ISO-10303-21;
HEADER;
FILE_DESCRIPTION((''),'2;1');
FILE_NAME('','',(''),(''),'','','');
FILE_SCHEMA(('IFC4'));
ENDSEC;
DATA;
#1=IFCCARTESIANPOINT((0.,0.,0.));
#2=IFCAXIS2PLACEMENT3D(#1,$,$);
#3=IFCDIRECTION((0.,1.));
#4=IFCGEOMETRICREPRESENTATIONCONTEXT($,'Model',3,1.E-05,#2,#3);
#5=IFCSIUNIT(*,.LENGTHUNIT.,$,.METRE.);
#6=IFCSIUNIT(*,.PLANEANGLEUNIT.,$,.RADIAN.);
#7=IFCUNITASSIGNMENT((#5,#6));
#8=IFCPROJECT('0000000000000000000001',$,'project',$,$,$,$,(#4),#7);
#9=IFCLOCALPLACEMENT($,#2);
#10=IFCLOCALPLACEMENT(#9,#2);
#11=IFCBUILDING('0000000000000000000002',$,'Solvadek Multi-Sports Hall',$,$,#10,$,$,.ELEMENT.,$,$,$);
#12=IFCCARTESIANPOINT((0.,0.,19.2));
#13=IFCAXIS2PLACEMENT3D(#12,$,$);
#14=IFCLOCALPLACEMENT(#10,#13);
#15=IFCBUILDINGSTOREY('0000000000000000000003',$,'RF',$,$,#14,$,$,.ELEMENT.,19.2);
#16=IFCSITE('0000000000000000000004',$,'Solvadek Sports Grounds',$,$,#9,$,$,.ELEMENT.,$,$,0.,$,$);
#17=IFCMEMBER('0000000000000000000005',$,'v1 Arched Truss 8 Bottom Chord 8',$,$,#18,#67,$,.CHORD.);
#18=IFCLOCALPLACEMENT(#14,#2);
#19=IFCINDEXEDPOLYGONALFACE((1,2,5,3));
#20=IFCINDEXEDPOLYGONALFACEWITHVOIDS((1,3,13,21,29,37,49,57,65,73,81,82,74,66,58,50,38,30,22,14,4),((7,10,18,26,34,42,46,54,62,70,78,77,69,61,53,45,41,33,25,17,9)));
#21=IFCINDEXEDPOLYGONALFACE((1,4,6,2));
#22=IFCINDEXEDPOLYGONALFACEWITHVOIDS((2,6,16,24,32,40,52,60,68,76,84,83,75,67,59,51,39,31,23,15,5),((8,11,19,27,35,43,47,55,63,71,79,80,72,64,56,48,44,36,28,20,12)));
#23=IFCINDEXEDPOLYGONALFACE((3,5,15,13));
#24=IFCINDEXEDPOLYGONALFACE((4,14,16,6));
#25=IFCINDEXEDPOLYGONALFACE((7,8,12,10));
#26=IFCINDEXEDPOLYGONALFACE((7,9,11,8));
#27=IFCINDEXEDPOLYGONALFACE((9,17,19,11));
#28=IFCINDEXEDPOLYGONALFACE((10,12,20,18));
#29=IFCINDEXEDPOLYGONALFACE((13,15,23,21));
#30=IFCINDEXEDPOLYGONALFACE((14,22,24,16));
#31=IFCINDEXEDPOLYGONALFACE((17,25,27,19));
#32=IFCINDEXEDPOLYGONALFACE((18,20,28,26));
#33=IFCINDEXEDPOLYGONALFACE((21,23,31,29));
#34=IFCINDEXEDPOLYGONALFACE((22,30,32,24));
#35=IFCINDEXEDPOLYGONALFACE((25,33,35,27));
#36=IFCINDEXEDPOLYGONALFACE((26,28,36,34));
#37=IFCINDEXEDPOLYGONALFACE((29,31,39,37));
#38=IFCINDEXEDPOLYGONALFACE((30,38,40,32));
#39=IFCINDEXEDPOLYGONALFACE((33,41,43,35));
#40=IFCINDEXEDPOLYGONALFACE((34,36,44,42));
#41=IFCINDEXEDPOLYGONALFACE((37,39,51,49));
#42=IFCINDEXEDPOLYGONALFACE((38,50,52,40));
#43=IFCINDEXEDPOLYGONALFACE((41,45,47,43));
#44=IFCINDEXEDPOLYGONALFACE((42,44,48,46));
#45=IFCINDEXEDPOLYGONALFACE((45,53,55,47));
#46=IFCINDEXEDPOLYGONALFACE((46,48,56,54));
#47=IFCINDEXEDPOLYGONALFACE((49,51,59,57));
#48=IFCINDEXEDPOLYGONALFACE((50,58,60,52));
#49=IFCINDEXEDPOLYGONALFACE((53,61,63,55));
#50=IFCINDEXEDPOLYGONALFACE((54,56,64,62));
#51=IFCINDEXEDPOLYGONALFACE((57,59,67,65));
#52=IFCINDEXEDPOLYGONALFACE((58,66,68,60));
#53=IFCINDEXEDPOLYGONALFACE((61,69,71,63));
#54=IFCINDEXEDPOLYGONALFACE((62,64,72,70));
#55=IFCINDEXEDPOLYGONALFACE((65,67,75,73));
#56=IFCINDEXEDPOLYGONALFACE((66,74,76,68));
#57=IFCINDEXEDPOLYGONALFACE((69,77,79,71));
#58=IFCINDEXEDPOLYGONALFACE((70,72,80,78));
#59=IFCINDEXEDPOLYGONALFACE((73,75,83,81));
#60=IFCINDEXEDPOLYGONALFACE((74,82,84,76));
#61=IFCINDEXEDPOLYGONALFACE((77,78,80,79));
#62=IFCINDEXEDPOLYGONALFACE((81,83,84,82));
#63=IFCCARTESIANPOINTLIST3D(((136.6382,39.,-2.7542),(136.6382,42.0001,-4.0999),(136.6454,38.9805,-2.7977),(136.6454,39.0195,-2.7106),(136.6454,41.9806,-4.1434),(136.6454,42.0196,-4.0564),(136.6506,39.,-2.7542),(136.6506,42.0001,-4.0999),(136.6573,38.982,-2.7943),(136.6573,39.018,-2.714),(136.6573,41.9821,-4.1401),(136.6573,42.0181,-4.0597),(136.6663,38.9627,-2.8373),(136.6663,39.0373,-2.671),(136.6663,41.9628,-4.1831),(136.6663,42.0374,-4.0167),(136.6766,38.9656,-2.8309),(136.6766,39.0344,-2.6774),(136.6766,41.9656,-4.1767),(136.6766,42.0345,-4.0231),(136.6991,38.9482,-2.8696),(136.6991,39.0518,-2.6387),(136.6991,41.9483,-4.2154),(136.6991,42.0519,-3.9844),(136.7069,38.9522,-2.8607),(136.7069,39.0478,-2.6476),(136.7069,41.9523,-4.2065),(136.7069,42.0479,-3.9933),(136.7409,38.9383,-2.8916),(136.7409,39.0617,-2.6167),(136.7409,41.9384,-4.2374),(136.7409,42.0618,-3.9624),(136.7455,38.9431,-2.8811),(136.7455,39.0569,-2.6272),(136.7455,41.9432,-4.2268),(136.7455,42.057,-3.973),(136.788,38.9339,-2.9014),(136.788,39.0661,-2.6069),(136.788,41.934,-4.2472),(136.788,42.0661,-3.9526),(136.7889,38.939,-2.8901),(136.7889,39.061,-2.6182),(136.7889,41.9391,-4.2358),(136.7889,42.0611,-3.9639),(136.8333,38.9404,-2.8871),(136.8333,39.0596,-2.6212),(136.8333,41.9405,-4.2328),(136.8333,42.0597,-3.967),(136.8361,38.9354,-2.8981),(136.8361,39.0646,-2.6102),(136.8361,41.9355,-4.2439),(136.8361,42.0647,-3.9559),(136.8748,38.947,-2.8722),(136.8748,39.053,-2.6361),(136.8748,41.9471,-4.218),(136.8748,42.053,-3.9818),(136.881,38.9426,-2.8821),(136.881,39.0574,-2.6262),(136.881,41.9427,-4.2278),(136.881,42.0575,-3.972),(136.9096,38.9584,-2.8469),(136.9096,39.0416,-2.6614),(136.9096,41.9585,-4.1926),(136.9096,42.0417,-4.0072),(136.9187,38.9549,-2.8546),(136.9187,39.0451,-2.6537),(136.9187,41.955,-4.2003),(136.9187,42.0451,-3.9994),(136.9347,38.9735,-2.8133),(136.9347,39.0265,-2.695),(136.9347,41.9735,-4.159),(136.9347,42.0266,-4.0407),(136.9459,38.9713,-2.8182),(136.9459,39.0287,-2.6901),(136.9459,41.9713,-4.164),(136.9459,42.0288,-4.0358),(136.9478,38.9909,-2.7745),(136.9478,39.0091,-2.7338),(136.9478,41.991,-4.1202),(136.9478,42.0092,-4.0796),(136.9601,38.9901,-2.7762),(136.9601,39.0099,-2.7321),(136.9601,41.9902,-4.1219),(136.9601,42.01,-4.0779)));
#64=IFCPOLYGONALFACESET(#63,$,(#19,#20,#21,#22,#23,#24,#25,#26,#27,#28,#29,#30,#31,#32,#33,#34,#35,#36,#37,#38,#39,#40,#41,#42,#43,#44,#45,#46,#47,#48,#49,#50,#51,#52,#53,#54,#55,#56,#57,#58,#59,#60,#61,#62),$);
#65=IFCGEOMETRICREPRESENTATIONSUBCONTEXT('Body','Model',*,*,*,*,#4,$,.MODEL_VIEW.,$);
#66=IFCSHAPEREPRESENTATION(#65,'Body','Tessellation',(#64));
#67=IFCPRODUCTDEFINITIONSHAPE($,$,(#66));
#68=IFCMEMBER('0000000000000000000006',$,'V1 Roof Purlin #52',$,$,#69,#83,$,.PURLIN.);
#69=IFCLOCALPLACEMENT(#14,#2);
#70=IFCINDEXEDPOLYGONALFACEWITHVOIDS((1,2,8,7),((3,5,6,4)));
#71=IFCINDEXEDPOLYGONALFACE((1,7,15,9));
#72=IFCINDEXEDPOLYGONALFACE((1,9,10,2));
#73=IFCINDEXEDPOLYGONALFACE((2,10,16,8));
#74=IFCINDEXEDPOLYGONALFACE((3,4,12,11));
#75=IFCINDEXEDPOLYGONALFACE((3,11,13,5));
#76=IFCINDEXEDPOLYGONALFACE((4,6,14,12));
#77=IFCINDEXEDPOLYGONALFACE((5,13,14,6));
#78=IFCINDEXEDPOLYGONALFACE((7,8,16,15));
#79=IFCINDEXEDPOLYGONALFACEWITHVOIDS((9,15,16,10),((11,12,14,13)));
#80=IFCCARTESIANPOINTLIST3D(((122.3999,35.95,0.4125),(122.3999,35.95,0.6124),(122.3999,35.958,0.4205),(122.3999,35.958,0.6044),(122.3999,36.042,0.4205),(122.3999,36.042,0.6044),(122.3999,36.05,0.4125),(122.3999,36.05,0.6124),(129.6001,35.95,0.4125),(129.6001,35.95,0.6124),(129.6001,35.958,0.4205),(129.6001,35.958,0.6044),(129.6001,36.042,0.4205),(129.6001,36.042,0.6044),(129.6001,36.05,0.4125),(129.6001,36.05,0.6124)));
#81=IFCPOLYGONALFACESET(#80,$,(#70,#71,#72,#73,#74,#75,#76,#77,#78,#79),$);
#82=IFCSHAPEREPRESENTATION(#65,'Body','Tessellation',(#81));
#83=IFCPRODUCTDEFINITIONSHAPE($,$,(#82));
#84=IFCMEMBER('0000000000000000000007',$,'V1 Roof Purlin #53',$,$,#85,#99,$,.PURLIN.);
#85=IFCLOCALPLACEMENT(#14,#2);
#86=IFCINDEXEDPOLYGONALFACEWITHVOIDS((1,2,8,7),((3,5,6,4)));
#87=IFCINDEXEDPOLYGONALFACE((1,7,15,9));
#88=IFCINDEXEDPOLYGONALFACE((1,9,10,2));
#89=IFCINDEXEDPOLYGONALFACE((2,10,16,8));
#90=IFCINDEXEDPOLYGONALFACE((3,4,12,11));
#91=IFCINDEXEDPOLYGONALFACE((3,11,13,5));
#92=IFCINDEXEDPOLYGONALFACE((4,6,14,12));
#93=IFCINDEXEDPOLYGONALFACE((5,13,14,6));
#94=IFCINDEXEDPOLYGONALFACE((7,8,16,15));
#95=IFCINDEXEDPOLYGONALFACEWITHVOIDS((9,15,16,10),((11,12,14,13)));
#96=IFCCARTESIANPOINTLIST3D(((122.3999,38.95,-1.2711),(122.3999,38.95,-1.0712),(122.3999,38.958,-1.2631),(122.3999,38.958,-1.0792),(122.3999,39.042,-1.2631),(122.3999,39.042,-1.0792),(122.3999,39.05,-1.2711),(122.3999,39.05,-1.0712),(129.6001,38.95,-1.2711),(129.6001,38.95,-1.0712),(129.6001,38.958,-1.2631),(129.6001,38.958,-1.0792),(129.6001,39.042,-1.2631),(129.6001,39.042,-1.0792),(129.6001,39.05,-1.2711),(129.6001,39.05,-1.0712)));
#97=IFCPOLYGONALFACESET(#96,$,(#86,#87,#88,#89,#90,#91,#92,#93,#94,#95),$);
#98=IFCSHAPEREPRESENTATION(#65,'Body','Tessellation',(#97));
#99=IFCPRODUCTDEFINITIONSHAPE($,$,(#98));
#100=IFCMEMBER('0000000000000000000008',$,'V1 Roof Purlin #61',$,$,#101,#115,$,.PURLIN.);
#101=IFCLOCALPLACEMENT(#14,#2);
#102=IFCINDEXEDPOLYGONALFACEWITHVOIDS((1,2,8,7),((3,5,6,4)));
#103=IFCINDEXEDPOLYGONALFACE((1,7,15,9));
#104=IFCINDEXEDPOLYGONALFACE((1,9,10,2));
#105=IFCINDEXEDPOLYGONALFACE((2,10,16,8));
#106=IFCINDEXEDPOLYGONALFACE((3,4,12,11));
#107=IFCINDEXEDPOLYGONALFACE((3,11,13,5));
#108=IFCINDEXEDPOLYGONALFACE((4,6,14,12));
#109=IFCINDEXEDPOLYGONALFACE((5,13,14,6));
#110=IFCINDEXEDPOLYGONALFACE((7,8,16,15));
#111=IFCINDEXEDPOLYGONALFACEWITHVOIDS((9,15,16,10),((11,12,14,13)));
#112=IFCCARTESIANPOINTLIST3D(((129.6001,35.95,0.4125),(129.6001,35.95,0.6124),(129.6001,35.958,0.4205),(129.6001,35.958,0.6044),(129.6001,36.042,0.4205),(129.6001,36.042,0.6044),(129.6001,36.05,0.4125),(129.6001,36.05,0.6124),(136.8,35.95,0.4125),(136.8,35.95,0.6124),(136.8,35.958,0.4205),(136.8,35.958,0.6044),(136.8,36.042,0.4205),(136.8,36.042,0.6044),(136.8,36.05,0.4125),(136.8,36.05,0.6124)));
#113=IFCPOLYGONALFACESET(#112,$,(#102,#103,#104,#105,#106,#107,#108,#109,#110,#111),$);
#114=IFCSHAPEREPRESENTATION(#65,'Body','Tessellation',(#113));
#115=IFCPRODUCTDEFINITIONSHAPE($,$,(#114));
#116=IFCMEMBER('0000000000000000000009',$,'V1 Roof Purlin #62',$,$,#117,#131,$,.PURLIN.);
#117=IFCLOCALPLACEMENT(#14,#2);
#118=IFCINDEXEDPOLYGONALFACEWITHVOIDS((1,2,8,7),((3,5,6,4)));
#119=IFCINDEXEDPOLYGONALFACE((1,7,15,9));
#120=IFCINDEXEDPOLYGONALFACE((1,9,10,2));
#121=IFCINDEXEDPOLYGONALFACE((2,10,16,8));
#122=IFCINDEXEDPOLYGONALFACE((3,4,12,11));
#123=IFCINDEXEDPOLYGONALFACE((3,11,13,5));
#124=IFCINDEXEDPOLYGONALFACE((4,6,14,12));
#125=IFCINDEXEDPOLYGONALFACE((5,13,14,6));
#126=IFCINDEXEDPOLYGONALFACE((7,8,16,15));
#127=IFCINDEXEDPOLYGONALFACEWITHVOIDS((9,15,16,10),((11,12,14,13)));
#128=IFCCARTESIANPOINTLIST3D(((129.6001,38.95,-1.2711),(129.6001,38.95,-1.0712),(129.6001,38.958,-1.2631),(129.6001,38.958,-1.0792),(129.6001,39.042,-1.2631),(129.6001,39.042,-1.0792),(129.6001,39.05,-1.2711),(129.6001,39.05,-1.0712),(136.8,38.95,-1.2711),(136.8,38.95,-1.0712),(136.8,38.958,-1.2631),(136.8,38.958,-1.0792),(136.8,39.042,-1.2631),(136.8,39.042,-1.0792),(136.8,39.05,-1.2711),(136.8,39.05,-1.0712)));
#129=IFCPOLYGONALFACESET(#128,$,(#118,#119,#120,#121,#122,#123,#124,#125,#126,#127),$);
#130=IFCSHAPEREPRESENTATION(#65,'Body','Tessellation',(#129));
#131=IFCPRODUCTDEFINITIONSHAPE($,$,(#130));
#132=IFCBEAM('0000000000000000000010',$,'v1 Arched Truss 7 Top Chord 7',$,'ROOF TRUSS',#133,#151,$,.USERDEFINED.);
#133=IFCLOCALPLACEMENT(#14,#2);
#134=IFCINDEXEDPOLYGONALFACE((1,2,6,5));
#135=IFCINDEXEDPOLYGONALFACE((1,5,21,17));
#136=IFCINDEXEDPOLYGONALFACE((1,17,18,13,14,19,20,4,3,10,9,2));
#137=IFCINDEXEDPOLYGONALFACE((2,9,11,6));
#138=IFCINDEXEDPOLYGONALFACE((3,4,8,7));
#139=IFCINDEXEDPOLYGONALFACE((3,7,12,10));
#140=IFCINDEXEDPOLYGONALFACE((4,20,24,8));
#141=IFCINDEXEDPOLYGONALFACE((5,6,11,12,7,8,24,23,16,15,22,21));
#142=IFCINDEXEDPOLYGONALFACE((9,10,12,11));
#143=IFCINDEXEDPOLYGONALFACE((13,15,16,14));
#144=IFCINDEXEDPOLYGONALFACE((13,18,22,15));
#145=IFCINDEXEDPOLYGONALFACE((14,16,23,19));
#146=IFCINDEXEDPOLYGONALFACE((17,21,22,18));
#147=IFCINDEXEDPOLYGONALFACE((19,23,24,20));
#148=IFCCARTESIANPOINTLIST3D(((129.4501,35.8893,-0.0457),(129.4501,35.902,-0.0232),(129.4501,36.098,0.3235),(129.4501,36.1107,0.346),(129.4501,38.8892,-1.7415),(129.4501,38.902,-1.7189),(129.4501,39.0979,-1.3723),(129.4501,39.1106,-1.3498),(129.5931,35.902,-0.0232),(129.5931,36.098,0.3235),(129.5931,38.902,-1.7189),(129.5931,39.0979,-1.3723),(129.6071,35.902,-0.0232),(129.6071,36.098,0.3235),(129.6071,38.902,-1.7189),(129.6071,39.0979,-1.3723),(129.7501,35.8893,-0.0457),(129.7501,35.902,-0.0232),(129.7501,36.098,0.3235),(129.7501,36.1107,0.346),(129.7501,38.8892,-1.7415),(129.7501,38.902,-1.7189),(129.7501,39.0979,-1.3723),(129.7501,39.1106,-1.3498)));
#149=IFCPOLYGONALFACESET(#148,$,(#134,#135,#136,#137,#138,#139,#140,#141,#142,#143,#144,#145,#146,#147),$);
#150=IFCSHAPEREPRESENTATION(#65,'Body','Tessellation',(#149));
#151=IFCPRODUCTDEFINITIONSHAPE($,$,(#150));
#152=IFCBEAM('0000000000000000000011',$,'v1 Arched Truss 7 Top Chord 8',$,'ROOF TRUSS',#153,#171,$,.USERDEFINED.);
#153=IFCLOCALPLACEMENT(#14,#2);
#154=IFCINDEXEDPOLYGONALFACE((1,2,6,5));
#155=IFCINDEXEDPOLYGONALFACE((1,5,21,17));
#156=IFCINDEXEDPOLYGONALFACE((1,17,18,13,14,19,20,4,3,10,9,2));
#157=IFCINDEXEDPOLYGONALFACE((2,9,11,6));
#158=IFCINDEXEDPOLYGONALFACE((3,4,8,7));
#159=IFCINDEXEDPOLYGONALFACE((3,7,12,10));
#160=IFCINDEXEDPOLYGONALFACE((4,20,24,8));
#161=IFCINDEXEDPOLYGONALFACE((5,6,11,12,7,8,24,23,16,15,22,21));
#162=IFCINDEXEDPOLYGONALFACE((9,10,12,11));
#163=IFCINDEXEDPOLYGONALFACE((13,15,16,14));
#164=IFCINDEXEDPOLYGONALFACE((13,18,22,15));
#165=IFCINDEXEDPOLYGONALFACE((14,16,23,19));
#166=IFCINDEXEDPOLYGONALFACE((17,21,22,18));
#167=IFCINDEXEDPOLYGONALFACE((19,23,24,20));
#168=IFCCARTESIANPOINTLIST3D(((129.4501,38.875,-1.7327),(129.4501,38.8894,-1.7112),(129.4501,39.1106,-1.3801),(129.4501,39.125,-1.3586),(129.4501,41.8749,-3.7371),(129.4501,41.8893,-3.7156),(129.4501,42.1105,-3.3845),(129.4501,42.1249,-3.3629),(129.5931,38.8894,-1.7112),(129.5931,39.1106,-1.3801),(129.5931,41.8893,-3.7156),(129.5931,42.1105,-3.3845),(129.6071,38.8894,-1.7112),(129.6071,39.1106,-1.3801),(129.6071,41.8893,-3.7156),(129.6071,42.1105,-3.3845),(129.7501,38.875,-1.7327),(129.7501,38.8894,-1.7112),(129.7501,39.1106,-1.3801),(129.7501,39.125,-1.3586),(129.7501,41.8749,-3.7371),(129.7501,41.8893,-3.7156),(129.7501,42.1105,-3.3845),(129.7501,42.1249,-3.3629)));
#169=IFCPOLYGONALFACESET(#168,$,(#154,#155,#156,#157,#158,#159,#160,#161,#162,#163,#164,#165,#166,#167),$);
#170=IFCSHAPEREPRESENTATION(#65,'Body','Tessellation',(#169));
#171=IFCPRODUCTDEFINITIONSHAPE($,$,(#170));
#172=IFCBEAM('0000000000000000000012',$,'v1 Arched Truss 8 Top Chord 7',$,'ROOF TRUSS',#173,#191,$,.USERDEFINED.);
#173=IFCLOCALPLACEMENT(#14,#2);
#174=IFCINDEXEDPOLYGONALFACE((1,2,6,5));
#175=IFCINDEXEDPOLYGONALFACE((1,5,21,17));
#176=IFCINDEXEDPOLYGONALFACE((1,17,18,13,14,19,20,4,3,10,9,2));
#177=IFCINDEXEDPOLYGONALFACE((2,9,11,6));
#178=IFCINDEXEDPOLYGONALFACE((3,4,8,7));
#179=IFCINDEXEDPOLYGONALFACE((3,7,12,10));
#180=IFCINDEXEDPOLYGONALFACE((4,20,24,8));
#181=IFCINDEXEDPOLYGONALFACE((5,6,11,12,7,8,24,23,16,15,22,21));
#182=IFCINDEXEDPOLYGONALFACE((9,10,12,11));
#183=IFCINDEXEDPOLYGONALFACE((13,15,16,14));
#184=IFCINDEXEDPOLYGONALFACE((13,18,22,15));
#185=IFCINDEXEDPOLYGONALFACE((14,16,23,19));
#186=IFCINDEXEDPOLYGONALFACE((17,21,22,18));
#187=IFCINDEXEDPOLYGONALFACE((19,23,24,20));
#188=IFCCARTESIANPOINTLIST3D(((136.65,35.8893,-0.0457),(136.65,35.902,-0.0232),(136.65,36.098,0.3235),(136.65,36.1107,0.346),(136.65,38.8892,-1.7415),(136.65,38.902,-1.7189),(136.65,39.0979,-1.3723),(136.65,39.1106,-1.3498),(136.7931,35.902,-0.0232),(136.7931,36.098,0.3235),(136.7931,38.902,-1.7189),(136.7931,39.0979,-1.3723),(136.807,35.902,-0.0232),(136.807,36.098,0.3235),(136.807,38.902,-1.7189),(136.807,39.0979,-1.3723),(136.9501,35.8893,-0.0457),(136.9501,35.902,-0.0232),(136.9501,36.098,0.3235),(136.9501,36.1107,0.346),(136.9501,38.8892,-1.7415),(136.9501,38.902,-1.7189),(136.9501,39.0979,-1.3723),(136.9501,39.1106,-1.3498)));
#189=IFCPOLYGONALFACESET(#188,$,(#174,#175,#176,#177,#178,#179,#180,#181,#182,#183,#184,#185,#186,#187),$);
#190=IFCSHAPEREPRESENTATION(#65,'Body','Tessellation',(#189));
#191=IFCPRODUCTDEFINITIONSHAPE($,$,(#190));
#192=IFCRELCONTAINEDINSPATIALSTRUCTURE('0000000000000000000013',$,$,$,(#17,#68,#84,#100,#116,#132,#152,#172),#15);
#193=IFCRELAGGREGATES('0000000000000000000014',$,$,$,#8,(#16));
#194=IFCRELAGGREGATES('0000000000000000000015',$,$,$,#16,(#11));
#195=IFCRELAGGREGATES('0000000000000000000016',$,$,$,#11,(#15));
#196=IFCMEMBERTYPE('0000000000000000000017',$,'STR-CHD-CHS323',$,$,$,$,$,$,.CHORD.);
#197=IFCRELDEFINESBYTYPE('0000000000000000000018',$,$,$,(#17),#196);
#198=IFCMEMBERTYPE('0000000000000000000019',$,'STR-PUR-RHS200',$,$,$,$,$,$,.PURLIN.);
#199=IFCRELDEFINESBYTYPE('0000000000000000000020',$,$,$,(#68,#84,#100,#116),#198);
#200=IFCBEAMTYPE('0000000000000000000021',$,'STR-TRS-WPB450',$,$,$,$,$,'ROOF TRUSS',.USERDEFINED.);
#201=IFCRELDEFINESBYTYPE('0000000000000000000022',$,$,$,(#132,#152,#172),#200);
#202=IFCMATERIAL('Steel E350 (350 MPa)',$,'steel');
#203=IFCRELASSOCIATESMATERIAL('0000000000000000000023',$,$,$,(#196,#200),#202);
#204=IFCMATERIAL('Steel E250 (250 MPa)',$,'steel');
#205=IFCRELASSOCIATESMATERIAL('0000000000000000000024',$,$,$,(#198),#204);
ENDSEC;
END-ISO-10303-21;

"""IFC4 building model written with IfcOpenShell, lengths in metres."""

from ifc_helpers import new_model, si_unit, direction, frame, origin, origin_2d, place, context, subcontext, project, spatial, hollow_rectangle, hollow_circle, i_section, extrude, material, material_profile, profile_set, type_object, element, save


model = new_model("IFC4")

# Units and contexts
model_context = context("Model", 3, precision=1e-05, world=origin(), true_north=direction((0.0, 1.0)))
body_context = subcontext(model_context, "Body", "Model", "MODEL_VIEW")
ifc_project = project(units=[si_unit("LENGTHUNIT", "METRE"), si_unit("PLANEANGLEUNIT", "RADIAN")], contexts=[model_context])

# Site, building, storey
site_placement = place(None, origin())
site = spatial("IfcSite", under=ifc_project, at=site_placement, Name="Solvadek Sports Grounds", CompositionType="ELEMENT", RefElevation=0.0)
building_placement = place(site_placement, origin())
building = spatial("IfcBuilding", under=site, at=building_placement, Name="Solvadek Multi-Sports Hall", CompositionType="ELEMENT")
storey_placement = place(building_placement, frame((0.0, 0.0, 19.2)))
storey = spatial("IfcBuildingStorey", under=building, at=storey_placement, Name="RF", CompositionType="ELEMENT", Elevation=19.2)

# Members
ifc_material_1 = material(Name="Steel E350 (350 MPa)", Category="steel")
ifc_material_profile_1 = material_profile(ifc_material_1, hollow_circle(Radius=0.1619, WallThickness=0.0125, at=origin_2d()), Name="CHS 323.9x12.5")
ifc_profile_set_1 = profile_set([ifc_material_profile_1], Name="Steel E350 (350 MPa)")
member_type_1 = type_object("IfcMemberType", Name="STR-CHD-CHS323", PredefinedType="CHORD", material=ifc_profile_set_1)
member_1_placement = place(storey_placement, frame((136.8, 39.0, -2.7542), z_axis=(0.0, 0.91241, -0.409278), x_axis=(-1.0, 0.0, 0.0)))
element("IfcMember", 1, at=member_1_placement, inside=storey, type_object=member_type_1, Name="v1 Arched Truss 8 Bottom Chord 8", PredefinedType="CHORD", context=body_context, shape_type="SweptSolid", body=[
    extrude(hollow_circle(Radius=0.1619, WallThickness=0.0125, at=origin_2d()), origin(), (0.0, 0.0, 1.0), 3.2881),
])
ifc_material_2 = material(Name="Steel E250 (250 MPa)", Category="steel")
ifc_material_profile_2 = material_profile(ifc_material_2, hollow_rectangle(XDim=0.1001, YDim=0.2, WallThickness=0.0081, at=origin_2d()), Name="RHS 200x100x8")
ifc_profile_set_2 = profile_set([ifc_material_profile_2], Name="Steel E250 (250 MPa)")
member_type_2 = type_object("IfcMemberType", Name="STR-PUR-RHS200", PredefinedType="PURLIN", material=ifc_profile_set_2)
for number, where, z_axis, x_axis, name in (
    (2, (122.3999, 36.0, 0.5125), (1.0, 0.0, 0.0), (0.0, 1.0, 0.0), "V1 Roof Purlin #52"),
    (3, (122.3999, 39.0, -1.1711), (1.0, 0.0, 0.0), (0.0, 1.0, 0.0), "V1 Roof Purlin #53"),
):
    element("IfcMember", number, at=place(storey_placement, frame(where, z_axis=z_axis, x_axis=x_axis)), inside=storey, type_object=member_type_2, Name=name, PredefinedType="PURLIN", context=body_context, shape_type="SweptSolid", body=[
        extrude(hollow_rectangle(XDim=0.1001, YDim=0.2, WallThickness=0.0081, at=origin_2d()), origin(), (0.0, 0.0, 1.0), 7.2002),
    ])
for number, where, z_axis, x_axis, name in (
    (4, (129.6001, 36.0, 0.5125), (1.0, 0.0, 0.0), (0.0, 1.0, 0.0), "V1 Roof Purlin #61"),
    (5, (129.6001, 39.0, -1.1711), (1.0, 0.0, 0.0), (0.0, 1.0, 0.0), "V1 Roof Purlin #62"),
):
    element("IfcMember", number, at=place(storey_placement, frame(where, z_axis=z_axis, x_axis=x_axis)), inside=storey, type_object=member_type_2, Name=name, PredefinedType="PURLIN", context=body_context, shape_type="SweptSolid", body=[
        extrude(hollow_rectangle(XDim=0.1001, YDim=0.2, WallThickness=0.0081, at=origin_2d()), origin(), (0.0, 0.0, 1.0), 7.2),
    ])

# Beams
ifc_material_profile_3 = material_profile(ifc_material_1, i_section(OverallWidth=0.3, OverallDepth=0.45, WebThickness=0.0139, FlangeThickness=0.0259, at=origin_2d()), Name="WPB 450")
ifc_profile_set_3 = profile_set([ifc_material_profile_3], Name="Steel E350 (350 MPa)")
beam_type = type_object("IfcBeamType", Name="STR-TRS-WPB450", ElementType="ROOF TRUSS", PredefinedType="USERDEFINED", material=ifc_profile_set_3)
beam_1_placement = place(storey_placement, frame((129.6001, 36.0, 0.1501), z_axis=(0.0, 0.870544, -0.49209), x_axis=(-1.0, 0.0, 0.0)))
element("IfcBeam", 6, at=beam_1_placement, inside=storey, type_object=beam_type, Name="v1 Arched Truss 7 Top Chord 7", ObjectType="ROOF TRUSS", PredefinedType="USERDEFINED", context=body_context, shape_type="SweptSolid", body=[
    extrude(i_section(OverallWidth=0.3, OverallDepth=0.45, WebThickness=0.0139, FlangeThickness=0.0259, at=origin_2d()), origin(), (0.0, 0.0, 1.0), 3.446),
])
beam_2_placement = place(storey_placement, frame((129.6001, 39.0, -1.5457), z_axis=(0.0, 0.831488, -0.555543), x_axis=(-1.0, 0.0, 0.0)))
element("IfcBeam", 7, at=beam_2_placement, inside=storey, type_object=beam_type, Name="v1 Arched Truss 7 Top Chord 8", ObjectType="ROOF TRUSS", PredefinedType="USERDEFINED", context=body_context, shape_type="SweptSolid", body=[
    extrude(i_section(OverallWidth=0.3, OverallDepth=0.45, WebThickness=0.0139, FlangeThickness=0.0259, at=origin_2d()), origin(), (0.0, 0.0, 1.0), 3.6079),
])
beam_3_placement = place(storey_placement, frame((136.8, 36.0, 0.1501), z_axis=(0.0, 0.870544, -0.49209), x_axis=(-1.0, 0.0, 0.0)))
element("IfcBeam", 8, at=beam_3_placement, inside=storey, type_object=beam_type, Name="v1 Arched Truss 8 Top Chord 7", ObjectType="ROOF TRUSS", PredefinedType="USERDEFINED", context=body_context, shape_type="SweptSolid", body=[
    extrude(i_section(OverallWidth=0.3, OverallDepth=0.45, WebThickness=0.0139, FlangeThickness=0.0259, at=origin_2d()), origin(), (0.0, 0.0, 1.0), 3.446),
])

save(model, "model.ifc")
